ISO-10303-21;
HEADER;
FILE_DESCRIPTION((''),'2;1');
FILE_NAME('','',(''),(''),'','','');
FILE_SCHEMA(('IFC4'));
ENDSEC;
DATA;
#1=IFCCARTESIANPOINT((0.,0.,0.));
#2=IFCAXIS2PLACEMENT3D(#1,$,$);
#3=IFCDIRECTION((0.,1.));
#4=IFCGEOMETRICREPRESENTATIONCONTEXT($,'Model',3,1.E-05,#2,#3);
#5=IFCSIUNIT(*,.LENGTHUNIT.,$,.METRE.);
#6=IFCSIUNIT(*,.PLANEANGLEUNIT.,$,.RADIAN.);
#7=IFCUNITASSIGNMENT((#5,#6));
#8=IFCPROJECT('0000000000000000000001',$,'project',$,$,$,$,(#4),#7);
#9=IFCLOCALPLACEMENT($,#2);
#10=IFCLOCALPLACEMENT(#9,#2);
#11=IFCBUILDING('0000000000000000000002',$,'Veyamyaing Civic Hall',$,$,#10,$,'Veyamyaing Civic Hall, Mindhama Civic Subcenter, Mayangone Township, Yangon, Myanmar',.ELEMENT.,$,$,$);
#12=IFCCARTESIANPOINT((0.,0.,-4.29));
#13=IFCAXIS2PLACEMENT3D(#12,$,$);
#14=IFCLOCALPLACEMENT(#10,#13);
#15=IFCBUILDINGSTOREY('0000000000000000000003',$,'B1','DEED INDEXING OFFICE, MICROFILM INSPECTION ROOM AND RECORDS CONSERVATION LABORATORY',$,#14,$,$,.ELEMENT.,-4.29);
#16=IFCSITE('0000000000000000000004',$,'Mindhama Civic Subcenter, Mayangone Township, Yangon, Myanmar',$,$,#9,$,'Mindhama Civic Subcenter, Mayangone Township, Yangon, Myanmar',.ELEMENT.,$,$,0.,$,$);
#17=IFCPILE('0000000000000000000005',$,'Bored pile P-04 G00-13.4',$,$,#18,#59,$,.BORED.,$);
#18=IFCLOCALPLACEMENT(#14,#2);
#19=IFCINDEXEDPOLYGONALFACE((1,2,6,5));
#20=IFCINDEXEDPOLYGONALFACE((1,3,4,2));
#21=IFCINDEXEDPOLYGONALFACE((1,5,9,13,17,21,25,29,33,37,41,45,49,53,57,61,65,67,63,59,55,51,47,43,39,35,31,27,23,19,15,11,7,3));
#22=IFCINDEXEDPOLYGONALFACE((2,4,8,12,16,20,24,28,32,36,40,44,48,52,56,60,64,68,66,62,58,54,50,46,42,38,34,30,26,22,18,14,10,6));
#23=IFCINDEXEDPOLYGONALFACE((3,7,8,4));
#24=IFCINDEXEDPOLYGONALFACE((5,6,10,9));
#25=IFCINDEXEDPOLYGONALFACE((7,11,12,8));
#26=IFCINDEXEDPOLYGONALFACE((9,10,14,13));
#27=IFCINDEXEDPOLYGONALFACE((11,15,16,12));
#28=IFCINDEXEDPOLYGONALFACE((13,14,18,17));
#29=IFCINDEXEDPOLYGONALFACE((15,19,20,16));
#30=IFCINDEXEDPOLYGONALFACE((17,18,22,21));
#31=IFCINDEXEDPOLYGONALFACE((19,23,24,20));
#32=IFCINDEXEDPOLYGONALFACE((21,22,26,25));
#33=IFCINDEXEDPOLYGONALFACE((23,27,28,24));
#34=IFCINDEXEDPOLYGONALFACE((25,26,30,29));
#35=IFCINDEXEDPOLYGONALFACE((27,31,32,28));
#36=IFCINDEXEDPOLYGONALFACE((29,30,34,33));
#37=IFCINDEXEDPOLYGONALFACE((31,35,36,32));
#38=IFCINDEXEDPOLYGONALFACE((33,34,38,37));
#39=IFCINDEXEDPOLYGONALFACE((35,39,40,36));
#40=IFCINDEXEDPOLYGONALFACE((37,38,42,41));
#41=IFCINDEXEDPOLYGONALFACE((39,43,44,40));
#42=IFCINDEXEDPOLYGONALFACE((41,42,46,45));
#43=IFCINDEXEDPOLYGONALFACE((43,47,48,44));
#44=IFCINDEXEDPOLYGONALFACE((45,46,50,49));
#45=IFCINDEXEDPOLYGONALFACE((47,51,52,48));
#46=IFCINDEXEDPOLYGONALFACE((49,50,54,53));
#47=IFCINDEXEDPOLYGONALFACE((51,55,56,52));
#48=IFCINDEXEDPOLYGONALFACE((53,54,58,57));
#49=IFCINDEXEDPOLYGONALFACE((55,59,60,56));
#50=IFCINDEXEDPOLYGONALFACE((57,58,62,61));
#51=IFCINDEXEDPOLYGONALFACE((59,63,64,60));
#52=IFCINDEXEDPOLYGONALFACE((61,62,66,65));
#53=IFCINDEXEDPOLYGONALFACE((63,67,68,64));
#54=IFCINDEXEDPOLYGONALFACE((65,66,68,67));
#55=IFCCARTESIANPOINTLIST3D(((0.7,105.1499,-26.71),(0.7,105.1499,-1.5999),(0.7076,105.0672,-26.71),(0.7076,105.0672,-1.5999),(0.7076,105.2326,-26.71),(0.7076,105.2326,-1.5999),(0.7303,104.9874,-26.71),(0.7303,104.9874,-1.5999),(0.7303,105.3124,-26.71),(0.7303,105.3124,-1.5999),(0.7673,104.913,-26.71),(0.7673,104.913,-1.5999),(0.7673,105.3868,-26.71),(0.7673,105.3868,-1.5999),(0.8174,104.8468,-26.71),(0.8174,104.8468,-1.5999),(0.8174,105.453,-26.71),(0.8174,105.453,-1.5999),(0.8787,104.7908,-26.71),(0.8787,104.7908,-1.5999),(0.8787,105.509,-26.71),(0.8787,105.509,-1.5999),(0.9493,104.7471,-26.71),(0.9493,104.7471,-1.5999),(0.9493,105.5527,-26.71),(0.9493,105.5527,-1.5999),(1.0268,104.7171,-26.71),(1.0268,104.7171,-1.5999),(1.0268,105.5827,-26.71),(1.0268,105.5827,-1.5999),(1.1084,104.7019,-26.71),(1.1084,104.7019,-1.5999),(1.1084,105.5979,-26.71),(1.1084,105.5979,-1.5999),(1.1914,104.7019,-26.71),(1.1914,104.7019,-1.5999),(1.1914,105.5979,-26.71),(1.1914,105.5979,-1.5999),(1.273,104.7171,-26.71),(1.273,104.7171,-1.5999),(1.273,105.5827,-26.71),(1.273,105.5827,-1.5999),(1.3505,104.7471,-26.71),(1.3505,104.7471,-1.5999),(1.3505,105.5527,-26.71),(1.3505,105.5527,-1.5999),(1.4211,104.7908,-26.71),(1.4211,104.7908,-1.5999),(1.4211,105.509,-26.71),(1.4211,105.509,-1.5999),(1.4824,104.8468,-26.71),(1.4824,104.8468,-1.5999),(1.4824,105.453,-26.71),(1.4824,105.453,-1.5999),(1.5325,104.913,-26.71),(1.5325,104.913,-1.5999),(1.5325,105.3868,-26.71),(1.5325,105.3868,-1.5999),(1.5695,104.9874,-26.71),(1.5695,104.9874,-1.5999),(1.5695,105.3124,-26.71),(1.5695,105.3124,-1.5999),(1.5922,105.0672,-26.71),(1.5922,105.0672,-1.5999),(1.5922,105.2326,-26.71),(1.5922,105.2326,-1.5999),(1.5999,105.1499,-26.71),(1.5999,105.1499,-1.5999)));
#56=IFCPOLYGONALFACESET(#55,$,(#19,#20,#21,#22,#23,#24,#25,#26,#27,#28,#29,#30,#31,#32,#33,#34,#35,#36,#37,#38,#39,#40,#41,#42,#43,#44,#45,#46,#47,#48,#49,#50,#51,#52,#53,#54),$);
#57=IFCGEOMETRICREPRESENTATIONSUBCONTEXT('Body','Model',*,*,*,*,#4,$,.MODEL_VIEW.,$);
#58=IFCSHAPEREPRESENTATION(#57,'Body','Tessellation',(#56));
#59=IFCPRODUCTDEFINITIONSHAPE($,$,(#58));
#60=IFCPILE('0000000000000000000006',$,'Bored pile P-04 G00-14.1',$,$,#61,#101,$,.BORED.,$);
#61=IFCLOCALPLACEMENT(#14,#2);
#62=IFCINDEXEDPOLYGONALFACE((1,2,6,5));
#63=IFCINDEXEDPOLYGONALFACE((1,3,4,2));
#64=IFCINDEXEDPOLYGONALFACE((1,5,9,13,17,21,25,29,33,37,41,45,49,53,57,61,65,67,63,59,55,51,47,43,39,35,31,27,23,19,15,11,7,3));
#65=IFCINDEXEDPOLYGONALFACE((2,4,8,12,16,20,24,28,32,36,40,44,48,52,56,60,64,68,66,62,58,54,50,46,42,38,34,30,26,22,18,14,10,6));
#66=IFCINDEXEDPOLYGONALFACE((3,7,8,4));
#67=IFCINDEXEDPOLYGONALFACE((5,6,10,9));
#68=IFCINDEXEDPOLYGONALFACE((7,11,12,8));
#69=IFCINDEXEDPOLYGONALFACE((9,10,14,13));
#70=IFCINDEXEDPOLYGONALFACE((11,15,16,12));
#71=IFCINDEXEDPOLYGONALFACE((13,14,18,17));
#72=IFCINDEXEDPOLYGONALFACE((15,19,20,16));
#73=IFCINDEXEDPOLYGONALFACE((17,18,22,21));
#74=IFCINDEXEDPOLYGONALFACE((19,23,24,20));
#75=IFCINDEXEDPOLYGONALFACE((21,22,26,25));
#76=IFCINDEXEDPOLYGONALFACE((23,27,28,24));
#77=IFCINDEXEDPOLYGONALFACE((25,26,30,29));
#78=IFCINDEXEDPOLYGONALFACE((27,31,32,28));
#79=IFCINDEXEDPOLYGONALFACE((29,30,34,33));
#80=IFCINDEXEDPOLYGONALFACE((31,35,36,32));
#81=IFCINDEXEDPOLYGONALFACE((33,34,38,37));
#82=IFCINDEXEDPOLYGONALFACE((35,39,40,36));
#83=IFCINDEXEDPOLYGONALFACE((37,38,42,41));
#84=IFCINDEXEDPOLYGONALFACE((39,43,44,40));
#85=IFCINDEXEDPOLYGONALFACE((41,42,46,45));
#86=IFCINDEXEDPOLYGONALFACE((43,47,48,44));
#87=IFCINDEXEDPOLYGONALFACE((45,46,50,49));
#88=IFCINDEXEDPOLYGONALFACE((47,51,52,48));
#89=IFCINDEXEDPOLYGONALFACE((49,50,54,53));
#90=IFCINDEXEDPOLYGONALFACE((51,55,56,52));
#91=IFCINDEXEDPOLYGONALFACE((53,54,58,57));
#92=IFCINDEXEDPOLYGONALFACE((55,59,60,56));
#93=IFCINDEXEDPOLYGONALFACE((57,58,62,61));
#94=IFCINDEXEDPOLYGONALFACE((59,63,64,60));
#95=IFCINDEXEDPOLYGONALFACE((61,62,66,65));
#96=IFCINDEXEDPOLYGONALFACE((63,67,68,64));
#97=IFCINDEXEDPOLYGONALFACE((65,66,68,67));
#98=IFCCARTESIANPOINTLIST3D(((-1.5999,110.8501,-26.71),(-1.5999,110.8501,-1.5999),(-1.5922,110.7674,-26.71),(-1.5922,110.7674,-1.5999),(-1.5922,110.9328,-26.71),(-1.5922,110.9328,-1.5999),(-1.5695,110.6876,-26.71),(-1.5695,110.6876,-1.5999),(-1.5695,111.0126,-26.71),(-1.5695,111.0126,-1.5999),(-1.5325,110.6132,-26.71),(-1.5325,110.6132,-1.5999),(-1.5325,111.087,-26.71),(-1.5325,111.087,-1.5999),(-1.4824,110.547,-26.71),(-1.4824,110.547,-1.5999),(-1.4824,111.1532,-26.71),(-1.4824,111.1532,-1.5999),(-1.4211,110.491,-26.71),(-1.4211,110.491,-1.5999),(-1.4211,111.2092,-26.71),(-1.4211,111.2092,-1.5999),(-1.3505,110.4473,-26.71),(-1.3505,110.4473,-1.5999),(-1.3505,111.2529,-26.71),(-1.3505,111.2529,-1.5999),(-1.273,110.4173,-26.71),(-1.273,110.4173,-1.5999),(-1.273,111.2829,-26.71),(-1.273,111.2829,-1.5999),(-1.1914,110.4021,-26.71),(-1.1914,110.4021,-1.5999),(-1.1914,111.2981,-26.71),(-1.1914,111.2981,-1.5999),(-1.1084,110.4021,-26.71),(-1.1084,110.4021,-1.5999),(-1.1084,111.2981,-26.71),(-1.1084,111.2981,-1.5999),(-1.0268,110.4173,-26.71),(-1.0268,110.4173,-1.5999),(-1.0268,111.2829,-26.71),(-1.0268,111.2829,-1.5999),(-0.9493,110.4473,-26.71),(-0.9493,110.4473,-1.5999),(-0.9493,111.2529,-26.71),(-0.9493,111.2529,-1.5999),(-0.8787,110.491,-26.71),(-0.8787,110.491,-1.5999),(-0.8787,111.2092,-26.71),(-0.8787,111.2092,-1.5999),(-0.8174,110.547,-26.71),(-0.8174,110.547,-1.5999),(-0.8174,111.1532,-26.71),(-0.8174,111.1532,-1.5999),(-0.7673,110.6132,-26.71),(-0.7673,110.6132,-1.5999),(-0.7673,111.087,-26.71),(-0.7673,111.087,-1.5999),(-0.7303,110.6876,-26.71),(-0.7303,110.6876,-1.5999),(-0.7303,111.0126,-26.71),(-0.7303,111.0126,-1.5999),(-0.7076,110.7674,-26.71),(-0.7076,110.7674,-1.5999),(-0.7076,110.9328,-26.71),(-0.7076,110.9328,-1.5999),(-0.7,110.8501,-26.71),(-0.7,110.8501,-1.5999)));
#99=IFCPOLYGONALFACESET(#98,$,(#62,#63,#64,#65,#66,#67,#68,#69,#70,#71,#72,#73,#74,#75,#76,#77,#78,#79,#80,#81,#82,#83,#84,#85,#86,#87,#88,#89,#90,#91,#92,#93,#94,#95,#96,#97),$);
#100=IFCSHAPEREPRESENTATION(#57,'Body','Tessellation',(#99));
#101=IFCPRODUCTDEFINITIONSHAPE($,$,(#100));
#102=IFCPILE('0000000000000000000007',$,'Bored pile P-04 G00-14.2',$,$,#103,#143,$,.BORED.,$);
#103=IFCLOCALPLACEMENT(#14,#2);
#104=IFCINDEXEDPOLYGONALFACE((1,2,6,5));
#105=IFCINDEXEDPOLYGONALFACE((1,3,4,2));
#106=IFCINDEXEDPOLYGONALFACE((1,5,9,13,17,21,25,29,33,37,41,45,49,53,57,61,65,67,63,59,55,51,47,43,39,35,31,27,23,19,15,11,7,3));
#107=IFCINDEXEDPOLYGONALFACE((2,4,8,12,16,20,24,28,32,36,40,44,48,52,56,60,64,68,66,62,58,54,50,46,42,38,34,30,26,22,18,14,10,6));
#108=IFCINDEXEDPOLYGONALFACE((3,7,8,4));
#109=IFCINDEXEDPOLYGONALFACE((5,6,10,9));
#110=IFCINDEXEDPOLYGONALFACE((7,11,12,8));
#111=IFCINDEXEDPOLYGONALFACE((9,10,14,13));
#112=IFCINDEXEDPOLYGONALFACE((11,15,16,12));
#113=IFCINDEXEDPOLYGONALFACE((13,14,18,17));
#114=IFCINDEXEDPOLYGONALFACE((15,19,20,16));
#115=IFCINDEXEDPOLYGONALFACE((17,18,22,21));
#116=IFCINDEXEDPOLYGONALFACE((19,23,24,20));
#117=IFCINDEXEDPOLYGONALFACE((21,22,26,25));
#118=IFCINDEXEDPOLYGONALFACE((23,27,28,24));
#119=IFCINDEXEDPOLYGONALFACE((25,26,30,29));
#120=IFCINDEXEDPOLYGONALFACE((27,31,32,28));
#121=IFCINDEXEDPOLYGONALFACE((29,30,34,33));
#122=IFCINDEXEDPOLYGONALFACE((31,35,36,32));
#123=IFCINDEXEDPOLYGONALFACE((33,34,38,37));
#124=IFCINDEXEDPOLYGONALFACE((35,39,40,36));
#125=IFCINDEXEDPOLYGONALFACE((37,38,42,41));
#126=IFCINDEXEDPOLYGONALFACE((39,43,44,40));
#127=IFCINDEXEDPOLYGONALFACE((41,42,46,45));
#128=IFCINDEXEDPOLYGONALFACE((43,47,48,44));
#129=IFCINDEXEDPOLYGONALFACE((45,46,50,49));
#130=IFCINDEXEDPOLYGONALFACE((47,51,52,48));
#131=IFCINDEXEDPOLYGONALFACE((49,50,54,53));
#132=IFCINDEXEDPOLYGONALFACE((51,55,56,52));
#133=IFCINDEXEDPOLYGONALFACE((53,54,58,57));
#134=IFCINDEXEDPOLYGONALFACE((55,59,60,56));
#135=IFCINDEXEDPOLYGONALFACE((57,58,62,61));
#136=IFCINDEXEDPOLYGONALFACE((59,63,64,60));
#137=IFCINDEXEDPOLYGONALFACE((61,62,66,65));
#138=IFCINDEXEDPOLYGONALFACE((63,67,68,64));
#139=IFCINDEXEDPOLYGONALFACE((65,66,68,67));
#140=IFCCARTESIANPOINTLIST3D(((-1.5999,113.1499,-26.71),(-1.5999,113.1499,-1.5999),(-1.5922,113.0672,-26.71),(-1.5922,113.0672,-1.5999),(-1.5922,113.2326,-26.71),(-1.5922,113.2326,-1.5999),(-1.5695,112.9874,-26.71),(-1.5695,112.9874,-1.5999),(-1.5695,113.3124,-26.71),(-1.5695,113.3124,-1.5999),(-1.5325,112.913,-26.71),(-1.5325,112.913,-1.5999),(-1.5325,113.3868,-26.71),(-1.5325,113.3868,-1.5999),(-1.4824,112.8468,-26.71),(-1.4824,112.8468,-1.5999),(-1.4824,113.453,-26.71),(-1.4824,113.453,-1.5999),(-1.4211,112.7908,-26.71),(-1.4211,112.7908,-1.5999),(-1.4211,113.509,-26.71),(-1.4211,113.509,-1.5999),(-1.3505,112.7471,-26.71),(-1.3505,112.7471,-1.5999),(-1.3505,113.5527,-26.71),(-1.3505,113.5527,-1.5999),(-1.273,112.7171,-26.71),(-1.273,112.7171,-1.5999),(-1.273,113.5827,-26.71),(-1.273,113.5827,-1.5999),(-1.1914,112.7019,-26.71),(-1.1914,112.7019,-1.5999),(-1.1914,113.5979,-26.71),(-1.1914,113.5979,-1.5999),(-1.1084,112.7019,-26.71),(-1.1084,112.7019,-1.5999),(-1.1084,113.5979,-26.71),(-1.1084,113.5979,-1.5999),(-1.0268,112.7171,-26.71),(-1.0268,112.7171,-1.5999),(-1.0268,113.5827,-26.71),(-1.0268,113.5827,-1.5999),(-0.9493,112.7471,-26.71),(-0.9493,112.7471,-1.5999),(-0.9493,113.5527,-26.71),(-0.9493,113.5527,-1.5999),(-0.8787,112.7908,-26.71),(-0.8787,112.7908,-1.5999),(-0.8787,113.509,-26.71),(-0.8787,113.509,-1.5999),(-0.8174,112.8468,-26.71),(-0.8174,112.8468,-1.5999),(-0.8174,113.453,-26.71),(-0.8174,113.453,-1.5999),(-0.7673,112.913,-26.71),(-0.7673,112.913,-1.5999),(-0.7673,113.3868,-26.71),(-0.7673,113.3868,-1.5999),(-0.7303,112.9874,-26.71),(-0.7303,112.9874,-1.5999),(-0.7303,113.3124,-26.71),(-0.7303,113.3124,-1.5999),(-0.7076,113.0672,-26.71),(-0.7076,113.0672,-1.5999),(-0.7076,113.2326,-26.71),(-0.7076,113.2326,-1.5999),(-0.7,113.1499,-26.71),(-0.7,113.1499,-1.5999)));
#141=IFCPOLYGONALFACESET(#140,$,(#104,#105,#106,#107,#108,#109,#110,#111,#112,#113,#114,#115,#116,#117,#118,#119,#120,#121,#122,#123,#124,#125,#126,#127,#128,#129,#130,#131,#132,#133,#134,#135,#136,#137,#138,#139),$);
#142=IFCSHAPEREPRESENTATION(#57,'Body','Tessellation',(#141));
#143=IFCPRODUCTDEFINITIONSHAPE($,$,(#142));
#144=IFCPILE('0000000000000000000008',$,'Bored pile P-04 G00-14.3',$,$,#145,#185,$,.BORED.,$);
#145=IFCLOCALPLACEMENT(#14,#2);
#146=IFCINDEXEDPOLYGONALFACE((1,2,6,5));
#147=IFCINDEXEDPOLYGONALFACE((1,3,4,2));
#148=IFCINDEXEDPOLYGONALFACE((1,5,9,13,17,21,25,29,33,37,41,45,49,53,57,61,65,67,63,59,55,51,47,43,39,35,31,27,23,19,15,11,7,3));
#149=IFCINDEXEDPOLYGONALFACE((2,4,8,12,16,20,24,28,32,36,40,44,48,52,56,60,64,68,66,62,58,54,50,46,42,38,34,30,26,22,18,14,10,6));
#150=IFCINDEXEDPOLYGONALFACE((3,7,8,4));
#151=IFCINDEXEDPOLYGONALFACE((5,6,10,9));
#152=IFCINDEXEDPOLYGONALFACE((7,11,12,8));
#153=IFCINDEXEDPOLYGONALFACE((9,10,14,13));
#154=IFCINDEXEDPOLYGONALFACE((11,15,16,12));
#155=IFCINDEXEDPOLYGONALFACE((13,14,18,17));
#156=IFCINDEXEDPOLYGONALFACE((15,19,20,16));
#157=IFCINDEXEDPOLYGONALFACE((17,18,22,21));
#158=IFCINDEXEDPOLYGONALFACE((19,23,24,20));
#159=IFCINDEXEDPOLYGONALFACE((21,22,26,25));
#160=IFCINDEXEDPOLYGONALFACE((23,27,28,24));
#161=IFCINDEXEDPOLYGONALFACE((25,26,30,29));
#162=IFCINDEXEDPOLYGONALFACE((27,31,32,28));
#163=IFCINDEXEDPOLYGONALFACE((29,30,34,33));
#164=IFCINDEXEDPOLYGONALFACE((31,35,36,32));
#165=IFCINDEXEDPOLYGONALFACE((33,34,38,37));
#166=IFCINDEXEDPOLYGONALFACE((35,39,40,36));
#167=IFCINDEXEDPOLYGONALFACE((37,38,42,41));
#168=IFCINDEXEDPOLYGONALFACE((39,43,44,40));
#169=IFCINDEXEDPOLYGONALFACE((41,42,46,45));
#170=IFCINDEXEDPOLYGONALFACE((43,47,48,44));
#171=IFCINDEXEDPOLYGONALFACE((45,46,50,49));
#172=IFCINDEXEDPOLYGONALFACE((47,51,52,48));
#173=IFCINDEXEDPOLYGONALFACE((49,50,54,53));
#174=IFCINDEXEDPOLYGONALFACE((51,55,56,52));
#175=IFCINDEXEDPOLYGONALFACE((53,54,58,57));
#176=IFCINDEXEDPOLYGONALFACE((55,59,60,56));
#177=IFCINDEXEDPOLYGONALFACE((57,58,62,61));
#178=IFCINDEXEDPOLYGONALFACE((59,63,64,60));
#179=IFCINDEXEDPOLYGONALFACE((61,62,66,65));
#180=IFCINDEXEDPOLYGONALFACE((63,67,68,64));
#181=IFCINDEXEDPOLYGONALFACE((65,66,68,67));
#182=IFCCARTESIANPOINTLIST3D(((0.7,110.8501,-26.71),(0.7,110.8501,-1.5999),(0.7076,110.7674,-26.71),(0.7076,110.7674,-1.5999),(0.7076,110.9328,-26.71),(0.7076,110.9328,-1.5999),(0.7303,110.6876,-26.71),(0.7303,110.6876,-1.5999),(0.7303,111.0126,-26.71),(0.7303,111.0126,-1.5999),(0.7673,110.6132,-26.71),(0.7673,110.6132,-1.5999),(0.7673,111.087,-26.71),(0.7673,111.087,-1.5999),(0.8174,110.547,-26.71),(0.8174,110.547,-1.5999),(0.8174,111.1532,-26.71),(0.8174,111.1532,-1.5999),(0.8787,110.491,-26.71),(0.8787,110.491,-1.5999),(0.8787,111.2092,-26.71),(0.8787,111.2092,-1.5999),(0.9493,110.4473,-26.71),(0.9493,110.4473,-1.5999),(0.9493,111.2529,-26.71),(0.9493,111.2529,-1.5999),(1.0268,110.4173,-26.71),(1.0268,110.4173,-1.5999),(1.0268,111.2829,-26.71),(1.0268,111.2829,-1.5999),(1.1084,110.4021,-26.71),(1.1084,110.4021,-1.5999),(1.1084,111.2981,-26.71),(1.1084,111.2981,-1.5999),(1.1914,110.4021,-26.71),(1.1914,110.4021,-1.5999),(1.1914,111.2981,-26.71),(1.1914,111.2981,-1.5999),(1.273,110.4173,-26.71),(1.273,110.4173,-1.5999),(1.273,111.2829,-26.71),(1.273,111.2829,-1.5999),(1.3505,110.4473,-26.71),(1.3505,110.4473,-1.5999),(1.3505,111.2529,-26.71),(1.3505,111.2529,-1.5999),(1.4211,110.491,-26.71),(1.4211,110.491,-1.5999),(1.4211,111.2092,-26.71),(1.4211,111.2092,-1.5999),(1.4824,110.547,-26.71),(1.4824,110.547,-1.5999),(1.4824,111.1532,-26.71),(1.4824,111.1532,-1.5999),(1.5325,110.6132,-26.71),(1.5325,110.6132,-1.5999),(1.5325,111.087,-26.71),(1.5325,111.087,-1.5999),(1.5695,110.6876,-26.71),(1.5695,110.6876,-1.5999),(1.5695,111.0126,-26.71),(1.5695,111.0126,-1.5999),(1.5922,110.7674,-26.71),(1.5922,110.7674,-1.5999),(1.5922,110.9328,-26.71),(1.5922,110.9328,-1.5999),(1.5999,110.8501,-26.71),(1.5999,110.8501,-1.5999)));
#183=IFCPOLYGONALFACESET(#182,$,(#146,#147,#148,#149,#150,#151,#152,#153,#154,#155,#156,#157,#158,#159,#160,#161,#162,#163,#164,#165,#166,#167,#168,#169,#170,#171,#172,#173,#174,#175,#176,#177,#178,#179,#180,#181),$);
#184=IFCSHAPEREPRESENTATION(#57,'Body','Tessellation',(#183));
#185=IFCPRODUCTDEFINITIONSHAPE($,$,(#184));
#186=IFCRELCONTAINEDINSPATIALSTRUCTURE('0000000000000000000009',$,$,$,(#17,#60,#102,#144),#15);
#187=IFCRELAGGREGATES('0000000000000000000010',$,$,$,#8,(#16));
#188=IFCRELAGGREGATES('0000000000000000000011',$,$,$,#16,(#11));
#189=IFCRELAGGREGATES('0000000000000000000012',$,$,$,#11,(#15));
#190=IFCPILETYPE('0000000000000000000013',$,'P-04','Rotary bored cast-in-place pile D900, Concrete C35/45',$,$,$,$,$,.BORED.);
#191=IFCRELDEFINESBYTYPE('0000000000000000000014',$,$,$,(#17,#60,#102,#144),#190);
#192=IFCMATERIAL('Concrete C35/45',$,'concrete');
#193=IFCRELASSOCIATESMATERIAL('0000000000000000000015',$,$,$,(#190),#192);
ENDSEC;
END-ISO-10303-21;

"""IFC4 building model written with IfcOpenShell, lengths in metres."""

from ifc_helpers import new_model, si_unit, direction, frame, origin, origin_2d, place, context, subcontext, project, spatial, circle, extrude, material, material_profile, profile_set, type_object, element, save


model = new_model("IFC4")

# Units and contexts
model_context = context("Model", 3, precision=1e-05, world=origin(), true_north=direction((0.0, 1.0)))
body_context = subcontext(model_context, "Body", "Model", "MODEL_VIEW")
ifc_project = project(units=[si_unit("LENGTHUNIT", "METRE"), si_unit("PLANEANGLEUNIT", "RADIAN")], contexts=[model_context])

# Site, building, storey
site_placement = place(None, origin())
site = spatial("IfcSite", under=ifc_project, at=site_placement, Name="Mindhama Civic Subcenter, Mayangone Township, Yangon, Myanmar", LongName="Mindhama Civic Subcenter, Mayangone Township, Yangon, Myanmar", CompositionType="ELEMENT", RefElevation=0.0)
building_placement = place(site_placement, origin())
building = spatial("IfcBuilding", under=site, at=building_placement, Name="Veyamyaing Civic Hall", LongName="Veyamyaing Civic Hall, Mindhama Civic Subcenter, Mayangone Township, Yangon, Myanmar", CompositionType="ELEMENT")
storey_placement = place(building_placement, frame((0.0, 0.0, -4.29)))
storey = spatial("IfcBuildingStorey", under=building, at=storey_placement, Name="B1", Description="DEED INDEXING OFFICE, MICROFILM INSPECTION ROOM AND RECORDS CONSERVATION LABORATORY", CompositionType="ELEMENT", Elevation=-4.29)

# Piles
ifc_material_1 = material(Name="Concrete C35/45", Category="concrete")
ifc_material_profile_1 = material_profile(ifc_material_1, circle(Radius=0.45, at=origin_2d()), Name="PILE-D900")
ifc_profile_set_1 = profile_set([ifc_material_profile_1], Name="Concrete C35/45")
pile_type_1 = type_object("IfcPileType", Name="P-04", Description="Rotary bored cast-in-place pile D900, Concrete C35/45", PredefinedType="BORED", material=ifc_profile_set_1)
for number, where, z_axis, x_axis, name in (
    (1, (1.1499, 105.1499, -1.5999), (0.0, 0.0, -1.0), (1.0, 0.0, 0.0), "Bored pile P-04 G00-13.4"),
    (2, (-1.1499, 110.8501, -1.5999), (0.0, 0.0, -1.0), (1.0, 0.0, 0.0), "Bored pile P-04 G00-14.1"),
    (3, (-1.1499, 113.1499, -1.5999), (0.0, 0.0, -1.0), (1.0, 0.0, 0.0), "Bored pile P-04 G00-14.2"),
    (4, (1.1499, 110.8501, -1.5999), (0.0, 0.0, -1.0), (1.0, 0.0, 0.0), "Bored pile P-04 G00-14.3"),
):
    element("IfcPile", number, at=place(storey_placement, frame(where, z_axis=z_axis, x_axis=x_axis)), inside=storey, type_object=pile_type_1, Name=name, PredefinedType="BORED", context=body_context, shape_type="SweptSolid", body=[
        extrude(circle(Radius=0.45, at=origin_2d()), origin(), (0.0, 0.0, 1.0), 25.1101),
    ])

save(model, "model.ifc")
